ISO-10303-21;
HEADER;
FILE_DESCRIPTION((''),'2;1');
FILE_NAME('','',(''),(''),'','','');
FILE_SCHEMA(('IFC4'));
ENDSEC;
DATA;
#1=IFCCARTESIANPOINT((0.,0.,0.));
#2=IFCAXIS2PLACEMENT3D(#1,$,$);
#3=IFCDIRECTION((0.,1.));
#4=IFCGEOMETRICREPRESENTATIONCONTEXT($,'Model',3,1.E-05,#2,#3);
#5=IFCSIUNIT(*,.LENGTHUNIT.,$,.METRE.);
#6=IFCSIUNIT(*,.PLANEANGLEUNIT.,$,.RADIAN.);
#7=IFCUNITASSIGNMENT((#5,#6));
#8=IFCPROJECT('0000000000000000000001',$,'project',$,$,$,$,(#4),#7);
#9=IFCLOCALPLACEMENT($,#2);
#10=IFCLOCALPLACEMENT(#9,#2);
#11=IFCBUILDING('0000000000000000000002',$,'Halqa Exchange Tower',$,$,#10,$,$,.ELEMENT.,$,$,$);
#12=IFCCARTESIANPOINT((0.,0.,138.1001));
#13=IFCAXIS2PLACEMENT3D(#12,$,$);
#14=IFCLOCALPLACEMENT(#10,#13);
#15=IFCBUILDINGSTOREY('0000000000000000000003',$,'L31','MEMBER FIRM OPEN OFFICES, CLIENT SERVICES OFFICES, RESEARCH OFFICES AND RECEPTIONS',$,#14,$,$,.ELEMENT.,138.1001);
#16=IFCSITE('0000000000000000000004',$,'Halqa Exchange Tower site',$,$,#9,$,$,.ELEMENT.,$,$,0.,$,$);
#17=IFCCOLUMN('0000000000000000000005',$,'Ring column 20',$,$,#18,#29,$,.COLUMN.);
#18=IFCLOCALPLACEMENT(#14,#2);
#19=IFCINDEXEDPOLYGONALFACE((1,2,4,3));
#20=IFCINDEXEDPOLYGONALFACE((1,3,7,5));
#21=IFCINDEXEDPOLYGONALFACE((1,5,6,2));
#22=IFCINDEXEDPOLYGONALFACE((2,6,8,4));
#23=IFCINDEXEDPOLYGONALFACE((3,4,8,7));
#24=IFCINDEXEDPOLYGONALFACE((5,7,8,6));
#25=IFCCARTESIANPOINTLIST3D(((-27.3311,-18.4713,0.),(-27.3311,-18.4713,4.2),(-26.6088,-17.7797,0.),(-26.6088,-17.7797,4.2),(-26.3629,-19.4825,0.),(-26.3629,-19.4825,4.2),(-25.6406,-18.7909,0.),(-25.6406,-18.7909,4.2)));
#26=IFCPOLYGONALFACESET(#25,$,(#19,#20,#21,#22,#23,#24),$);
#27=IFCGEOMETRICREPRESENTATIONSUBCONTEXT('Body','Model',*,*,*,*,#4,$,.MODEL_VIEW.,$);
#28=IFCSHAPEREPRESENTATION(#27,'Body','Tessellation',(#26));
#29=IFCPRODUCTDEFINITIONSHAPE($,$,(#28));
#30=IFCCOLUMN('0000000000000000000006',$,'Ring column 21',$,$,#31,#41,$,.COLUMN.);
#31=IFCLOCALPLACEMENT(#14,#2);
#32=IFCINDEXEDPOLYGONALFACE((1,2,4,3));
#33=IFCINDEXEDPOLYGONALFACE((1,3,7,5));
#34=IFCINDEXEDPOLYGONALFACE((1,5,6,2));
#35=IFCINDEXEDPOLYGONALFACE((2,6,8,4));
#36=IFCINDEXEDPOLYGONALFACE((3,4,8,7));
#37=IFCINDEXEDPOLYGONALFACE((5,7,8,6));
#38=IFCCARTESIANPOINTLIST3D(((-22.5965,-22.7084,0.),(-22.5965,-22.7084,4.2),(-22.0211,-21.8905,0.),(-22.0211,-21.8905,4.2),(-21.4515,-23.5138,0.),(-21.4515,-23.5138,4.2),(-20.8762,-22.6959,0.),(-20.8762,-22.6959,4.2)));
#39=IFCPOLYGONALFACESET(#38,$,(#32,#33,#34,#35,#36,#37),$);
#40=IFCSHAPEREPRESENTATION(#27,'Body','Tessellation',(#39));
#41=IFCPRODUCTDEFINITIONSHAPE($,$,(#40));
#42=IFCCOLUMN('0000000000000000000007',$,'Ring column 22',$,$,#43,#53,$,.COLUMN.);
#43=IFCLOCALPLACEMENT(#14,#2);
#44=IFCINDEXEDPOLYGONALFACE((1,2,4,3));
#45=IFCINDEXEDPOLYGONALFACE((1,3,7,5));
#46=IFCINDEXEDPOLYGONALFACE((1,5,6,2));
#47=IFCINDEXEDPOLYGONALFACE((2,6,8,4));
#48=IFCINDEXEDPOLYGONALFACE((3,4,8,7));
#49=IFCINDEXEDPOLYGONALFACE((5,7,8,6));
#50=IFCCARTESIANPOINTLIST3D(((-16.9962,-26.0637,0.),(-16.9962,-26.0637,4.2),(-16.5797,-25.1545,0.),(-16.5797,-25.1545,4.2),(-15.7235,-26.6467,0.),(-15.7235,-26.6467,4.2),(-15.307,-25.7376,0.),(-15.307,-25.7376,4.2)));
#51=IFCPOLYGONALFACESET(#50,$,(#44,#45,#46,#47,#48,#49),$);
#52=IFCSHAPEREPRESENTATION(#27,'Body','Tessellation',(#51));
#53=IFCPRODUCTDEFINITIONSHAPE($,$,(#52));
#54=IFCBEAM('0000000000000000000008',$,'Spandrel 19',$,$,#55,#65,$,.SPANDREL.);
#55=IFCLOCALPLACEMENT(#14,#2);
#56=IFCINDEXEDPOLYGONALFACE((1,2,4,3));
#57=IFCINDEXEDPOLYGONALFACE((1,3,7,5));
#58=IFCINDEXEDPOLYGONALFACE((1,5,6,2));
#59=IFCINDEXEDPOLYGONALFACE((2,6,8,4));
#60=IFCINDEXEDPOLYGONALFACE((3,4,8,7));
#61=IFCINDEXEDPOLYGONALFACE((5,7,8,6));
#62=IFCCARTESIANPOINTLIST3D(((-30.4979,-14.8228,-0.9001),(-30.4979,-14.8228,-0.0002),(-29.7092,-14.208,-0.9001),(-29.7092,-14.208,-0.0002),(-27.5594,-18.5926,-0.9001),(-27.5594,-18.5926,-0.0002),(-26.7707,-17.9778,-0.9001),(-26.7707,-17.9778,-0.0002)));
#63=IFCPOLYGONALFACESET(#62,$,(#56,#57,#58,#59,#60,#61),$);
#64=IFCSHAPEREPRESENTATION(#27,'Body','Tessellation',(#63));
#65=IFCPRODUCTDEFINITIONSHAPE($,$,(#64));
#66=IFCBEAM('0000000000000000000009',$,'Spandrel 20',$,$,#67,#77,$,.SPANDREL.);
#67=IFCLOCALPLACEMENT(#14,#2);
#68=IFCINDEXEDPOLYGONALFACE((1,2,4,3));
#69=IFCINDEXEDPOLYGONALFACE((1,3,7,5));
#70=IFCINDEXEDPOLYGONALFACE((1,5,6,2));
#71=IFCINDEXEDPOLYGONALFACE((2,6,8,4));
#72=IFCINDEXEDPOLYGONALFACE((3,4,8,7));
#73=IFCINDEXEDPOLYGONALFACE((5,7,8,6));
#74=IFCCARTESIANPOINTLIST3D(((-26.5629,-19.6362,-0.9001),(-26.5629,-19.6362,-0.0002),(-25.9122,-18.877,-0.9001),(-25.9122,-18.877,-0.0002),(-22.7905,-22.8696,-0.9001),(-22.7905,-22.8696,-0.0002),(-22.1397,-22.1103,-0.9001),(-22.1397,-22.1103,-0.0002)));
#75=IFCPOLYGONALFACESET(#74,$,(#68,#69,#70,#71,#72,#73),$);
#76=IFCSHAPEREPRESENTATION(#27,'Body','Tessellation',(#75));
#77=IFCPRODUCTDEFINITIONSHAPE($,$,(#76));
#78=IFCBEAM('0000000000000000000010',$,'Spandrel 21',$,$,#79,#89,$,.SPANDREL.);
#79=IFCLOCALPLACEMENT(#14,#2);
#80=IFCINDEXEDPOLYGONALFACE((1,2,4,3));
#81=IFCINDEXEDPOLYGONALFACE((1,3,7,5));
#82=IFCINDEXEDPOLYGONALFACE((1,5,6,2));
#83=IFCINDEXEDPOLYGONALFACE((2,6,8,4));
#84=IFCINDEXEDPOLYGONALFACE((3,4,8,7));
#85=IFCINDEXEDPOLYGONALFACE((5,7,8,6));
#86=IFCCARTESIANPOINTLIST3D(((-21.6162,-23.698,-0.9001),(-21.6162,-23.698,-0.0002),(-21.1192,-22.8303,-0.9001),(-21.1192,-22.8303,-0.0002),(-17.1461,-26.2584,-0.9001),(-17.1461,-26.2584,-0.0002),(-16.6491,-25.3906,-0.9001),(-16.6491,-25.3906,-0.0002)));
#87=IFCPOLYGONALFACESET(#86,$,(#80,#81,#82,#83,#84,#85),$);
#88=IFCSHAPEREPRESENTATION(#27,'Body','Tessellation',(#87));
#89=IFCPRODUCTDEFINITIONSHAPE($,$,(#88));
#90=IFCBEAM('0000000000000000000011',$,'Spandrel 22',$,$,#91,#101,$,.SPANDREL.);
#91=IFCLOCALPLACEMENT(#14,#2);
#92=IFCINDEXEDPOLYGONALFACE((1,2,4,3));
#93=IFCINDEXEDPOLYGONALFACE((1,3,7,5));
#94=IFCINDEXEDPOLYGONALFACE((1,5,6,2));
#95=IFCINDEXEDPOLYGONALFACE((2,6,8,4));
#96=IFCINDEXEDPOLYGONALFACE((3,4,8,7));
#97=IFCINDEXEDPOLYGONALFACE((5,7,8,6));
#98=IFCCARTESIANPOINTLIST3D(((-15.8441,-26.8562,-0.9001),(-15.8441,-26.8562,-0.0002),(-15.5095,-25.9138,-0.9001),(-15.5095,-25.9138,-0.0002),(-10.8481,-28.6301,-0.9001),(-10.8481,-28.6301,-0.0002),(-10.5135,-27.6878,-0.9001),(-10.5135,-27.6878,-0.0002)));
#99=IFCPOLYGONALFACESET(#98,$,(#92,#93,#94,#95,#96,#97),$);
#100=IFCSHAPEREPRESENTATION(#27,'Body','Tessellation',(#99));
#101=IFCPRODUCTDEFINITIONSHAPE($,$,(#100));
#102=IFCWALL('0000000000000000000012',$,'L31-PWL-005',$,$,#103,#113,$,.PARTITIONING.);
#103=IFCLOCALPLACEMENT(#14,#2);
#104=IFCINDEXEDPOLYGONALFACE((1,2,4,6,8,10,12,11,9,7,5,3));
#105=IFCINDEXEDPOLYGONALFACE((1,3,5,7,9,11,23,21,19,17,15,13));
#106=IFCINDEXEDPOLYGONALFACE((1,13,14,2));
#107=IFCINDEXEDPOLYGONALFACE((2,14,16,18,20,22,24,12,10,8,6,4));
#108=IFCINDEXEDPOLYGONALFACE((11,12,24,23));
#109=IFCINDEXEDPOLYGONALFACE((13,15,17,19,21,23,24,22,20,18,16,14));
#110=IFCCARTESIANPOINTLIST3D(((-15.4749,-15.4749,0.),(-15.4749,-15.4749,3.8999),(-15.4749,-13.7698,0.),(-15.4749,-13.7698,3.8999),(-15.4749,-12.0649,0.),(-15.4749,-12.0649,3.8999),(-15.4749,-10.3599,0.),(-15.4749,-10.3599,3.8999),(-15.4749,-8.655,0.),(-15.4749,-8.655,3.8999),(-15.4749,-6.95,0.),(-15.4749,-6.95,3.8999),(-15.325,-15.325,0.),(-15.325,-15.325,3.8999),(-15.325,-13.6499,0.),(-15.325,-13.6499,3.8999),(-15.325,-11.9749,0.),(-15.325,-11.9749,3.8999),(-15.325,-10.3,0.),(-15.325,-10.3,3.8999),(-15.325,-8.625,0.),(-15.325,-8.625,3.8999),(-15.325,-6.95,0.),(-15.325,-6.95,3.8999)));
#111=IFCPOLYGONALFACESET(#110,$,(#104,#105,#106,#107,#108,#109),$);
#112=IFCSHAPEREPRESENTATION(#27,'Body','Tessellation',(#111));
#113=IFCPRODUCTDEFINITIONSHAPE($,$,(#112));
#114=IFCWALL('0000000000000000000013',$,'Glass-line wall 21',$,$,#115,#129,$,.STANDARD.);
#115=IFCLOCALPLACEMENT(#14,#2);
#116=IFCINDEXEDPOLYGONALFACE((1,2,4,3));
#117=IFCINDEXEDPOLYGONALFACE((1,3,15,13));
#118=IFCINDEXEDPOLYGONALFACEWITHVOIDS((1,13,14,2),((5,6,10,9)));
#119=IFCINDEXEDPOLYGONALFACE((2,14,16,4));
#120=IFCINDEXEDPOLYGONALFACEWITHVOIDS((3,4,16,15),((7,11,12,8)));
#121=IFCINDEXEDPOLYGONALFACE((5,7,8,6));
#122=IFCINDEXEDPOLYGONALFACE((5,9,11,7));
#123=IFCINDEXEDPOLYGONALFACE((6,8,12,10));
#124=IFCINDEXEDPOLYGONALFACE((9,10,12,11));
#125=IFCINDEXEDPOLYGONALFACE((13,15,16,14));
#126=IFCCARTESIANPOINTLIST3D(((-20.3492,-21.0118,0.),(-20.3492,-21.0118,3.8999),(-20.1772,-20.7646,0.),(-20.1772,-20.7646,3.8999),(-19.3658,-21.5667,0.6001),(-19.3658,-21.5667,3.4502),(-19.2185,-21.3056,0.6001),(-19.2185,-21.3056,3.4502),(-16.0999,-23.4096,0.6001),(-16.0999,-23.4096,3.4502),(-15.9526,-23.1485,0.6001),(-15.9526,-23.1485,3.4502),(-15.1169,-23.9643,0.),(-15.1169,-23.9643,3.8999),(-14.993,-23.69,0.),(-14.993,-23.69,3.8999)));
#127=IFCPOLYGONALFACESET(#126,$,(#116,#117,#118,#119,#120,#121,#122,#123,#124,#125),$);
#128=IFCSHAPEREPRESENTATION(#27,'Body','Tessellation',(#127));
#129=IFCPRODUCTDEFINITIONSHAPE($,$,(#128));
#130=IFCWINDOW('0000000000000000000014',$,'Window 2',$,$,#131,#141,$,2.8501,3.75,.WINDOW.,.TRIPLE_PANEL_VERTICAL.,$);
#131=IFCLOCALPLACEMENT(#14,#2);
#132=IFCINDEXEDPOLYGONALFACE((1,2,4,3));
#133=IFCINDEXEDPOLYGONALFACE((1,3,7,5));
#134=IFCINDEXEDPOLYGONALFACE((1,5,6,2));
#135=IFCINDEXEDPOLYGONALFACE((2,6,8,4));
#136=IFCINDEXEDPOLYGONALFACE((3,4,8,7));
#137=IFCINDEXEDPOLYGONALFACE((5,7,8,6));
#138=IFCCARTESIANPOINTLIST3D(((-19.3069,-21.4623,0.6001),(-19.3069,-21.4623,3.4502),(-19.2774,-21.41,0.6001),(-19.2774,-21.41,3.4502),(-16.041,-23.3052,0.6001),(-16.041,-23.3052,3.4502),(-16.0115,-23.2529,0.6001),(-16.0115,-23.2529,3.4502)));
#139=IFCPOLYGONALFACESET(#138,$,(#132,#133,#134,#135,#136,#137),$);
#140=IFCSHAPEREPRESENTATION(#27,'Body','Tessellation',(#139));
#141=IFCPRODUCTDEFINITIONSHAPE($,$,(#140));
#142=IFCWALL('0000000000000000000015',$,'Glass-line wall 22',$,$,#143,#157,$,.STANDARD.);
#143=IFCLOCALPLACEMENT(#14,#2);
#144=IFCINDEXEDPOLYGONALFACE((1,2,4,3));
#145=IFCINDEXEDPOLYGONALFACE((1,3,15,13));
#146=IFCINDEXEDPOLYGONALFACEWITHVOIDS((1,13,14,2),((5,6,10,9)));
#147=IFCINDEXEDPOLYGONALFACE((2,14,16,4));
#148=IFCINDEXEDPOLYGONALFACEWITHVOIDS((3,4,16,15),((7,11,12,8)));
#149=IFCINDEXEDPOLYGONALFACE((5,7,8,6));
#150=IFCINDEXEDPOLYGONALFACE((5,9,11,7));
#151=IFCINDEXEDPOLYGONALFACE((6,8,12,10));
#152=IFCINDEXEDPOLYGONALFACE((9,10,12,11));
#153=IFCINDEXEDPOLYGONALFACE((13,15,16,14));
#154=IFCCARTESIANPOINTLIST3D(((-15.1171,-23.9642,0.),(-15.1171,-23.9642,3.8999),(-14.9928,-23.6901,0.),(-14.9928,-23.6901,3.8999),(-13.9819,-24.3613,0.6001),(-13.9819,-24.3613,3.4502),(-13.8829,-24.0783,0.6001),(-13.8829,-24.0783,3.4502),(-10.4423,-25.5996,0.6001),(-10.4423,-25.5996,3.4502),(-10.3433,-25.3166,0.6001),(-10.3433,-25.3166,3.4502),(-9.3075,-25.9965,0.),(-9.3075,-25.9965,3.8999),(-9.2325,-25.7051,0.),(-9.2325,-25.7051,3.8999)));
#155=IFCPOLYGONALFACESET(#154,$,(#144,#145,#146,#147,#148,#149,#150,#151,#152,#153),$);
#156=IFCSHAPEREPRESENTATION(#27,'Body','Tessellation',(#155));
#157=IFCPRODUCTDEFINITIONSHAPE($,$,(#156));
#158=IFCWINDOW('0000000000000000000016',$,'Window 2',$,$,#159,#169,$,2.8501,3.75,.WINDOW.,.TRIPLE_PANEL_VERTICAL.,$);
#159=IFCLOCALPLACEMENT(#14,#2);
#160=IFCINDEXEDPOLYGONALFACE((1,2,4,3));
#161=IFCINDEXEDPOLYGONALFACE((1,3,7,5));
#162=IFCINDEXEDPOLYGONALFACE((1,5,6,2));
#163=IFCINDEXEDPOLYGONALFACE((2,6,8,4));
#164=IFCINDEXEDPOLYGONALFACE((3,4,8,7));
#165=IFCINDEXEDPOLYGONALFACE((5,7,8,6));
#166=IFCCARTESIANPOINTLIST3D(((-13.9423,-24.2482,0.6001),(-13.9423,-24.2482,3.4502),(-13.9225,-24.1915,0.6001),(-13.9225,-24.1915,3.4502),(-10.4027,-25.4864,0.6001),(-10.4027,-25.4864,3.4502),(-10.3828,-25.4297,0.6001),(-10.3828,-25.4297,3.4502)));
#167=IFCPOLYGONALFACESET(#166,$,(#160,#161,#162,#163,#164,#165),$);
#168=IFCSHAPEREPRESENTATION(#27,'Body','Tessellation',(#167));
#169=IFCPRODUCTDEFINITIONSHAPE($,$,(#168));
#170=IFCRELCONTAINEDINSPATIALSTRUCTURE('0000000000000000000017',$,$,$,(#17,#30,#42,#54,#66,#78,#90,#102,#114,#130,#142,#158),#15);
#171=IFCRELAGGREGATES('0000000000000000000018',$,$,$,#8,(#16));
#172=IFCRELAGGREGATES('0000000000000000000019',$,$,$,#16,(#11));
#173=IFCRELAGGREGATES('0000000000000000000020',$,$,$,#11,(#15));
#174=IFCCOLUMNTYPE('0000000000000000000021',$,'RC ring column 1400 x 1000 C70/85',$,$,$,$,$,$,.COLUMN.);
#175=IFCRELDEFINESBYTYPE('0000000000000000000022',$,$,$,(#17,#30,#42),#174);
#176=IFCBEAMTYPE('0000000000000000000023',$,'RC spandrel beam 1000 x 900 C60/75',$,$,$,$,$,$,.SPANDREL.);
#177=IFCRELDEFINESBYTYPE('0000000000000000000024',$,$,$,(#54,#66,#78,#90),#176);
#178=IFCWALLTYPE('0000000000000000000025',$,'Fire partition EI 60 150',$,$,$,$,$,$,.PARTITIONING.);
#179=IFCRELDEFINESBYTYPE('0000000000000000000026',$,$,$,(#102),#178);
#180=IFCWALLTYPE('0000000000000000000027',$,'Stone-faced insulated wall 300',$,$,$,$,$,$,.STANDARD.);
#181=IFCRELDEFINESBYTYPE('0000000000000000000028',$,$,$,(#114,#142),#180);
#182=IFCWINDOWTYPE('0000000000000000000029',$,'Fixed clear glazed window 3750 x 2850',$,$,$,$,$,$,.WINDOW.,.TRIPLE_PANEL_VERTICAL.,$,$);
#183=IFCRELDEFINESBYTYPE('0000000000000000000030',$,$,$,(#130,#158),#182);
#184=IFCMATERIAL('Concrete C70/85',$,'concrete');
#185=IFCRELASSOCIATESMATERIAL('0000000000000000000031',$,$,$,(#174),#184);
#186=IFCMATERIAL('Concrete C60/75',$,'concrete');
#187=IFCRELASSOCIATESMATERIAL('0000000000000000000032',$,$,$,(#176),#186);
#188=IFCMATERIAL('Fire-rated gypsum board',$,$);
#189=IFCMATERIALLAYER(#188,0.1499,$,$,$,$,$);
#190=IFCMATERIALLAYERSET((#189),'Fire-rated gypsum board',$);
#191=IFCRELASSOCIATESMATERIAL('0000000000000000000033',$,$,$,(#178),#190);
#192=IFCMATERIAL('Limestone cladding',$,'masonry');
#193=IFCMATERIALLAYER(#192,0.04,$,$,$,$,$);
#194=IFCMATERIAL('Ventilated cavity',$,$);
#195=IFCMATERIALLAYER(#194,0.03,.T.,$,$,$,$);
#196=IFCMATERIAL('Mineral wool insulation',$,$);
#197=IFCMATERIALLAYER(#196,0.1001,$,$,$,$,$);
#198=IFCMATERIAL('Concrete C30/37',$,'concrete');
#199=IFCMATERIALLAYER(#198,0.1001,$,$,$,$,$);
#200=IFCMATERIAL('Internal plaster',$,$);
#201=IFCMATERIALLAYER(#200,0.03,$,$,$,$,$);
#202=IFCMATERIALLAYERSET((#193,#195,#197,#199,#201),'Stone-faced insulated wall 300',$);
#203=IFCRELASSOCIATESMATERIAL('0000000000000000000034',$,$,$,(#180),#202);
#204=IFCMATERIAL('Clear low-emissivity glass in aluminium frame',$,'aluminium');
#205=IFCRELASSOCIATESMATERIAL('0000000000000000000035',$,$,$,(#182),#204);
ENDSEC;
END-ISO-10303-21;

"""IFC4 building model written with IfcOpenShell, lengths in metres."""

from ifc_helpers import new_model, si_unit, direction, frame, frame_2d, origin, origin_2d, place, context, subcontext, project, spatial, polyline, rectangle, outline, extrude, material, layer, layer_set, material_profile, profile_set, type_object, element, fill, save


model = new_model("IFC4")

# Units and contexts
model_context = context("Model", 3, precision=1e-05, world=origin(), true_north=direction((0.0, 1.0)))
body_context = subcontext(model_context, "Body", "Model", "MODEL_VIEW")
ifc_project = project(units=[si_unit("LENGTHUNIT", "METRE"), si_unit("PLANEANGLEUNIT", "RADIAN")], contexts=[model_context])

# Site, building, storey
site_placement = place(None, origin())
site = spatial("IfcSite", under=ifc_project, at=site_placement, Name="Halqa Exchange Tower site", CompositionType="ELEMENT", RefElevation=0.0)
building_placement = place(site_placement, origin())
building = spatial("IfcBuilding", under=site, at=building_placement, Name="Halqa Exchange Tower", CompositionType="ELEMENT")
storey_placement = place(building_placement, frame((0.0, 0.0, 138.1001)))
storey = spatial("IfcBuildingStorey", under=building, at=storey_placement, Name="L31", Description="MEMBER FIRM OPEN OFFICES, CLIENT SERVICES OFFICES, RESEARCH OFFICES AND RECEPTIONS", CompositionType="ELEMENT", Elevation=138.1001)

# Columns
ifc_material_1 = material(Name="Concrete C70/85", Category="concrete")
ifc_material_profile_1 = material_profile(ifc_material_1, rectangle(XDim=1.3999, YDim=1.0, at=origin_2d()), Name="1400 x 1000")
ifc_profile_set_1 = profile_set([ifc_material_profile_1], Name="Concrete C70/85")
column_type = type_object("IfcColumnType", Name="RC ring column 1400 x 1000 C70/85", PredefinedType="COLUMN", material=ifc_profile_set_1)
for number, where, z_axis, x_axis, name in (
    (1, (-26.4858, -18.6311, 0.0), (0.0, 0.0, 1.0), (0.691574, -0.722306, 0.0), "Ring column 20"),
    (2, (-21.7363, -22.7021, 0.0), (0.0, 0.0, 1.0), (0.817908, -0.575349, 0.0), "Ring column 21"),
    (3, (-16.1516, -25.9006, 0.0), (0.0, 0.0, 1.0), (0.909127, -0.416519, 0.0), "Ring column 22"),
):
    element("IfcColumn", number, at=place(storey_placement, frame(where, z_axis=z_axis, x_axis=x_axis)), inside=storey, type_object=column_type, Name=name, PredefinedType="COLUMN", context=body_context, shape_type="SweptSolid", body=[
        extrude(rectangle(XDim=1.3999, YDim=1.0, at=origin_2d()), origin(), (0.0, 0.0, 1.0), 4.2),
    ])

# Beams
ifc_material_2 = material(Name="Concrete C60/75", Category="concrete")
ifc_material_profile_2 = material_profile(ifc_material_2, rectangle(XDim=1.0, YDim=0.8999, at=origin_2d()), Name="1000 x 900")
ifc_profile_set_2 = profile_set([ifc_material_profile_2], Name="Concrete C60/75")
beam_type = type_object("IfcBeamType", Name="RC spandrel beam 1000 x 900 C60/75", PredefinedType="SPANDREL", material=ifc_profile_set_2)
beam_1_placement = place(storey_placement, frame((-30.1035, -14.5154, -0.4502), z_axis=(0.614778, -0.7887, 0.0), x_axis=(0.7887, 0.614778, 0.0)))
element("IfcBeam", 4, at=beam_1_placement, inside=storey, type_object=beam_type, Name="Spandrel 19", PredefinedType="SPANDREL", context=body_context, shape_type="SweptSolid", body=[
    extrude(rectangle(XDim=1.0, YDim=0.8999, at=origin_2d()), origin(), (0.0, 0.0, 1.0), 4.7798),
])
beam_2_placement = place(storey_placement, frame((-26.2375, -19.2566, -0.4502), z_axis=(0.75927, -0.650775, 0.0), x_axis=(0.650775, 0.75927, 0.0)))
element("IfcBeam", 5, at=beam_2_placement, inside=storey, type_object=beam_type, Name="Spandrel 20", PredefinedType="SPANDREL", context=body_context, shape_type="SweptSolid", body=[
    extrude(rectangle(XDim=1.0, YDim=0.8999, at=origin_2d()), origin(), (0.0, 0.0, 1.0), 4.9685),
])
beam_3_placement = place(storey_placement, frame((-21.3677, -23.2642, -0.4502), z_axis=(0.867738, -0.497022, 0.0), x_axis=(0.497022, 0.867738, 0.0)))
element("IfcBeam", 6, at=beam_3_placement, inside=storey, type_object=beam_type, Name="Spandrel 21", PredefinedType="SPANDREL", context=body_context, shape_type="SweptSolid", body=[
    extrude(rectangle(XDim=1.0, YDim=0.8999, at=origin_2d()), origin(), (0.0, 0.0, 1.0), 5.1514),
])
beam_4_placement = place(storey_placement, frame((-15.6768, -26.385, -0.4502), z_axis=(0.942356, -0.334612, 0.0), x_axis=(0.334612, 0.942356, 0.0)))
element("IfcBeam", 7, at=beam_4_placement, inside=storey, type_object=beam_type, Name="Spandrel 22", PredefinedType="SPANDREL", context=body_context, shape_type="SweptSolid", body=[
    extrude(rectangle(XDim=1.0, YDim=0.8999, at=origin_2d()), origin(), (0.0, 0.0, 1.0), 5.3015),
])

# Wall
ifc_material_3 = material(Name="Fire-rated gypsum board")
ifc_layer_1 = layer(ifc_material_3, 0.1499)
ifc_layer_set_1 = layer_set([ifc_layer_1], Name="Fire-rated gypsum board")
wall_type_1 = type_object("IfcWallType", Name="Fire partition EI 60 150", PredefinedType="PARTITIONING", material=ifc_layer_set_1)
wall_1_placement = place(storey_placement, frame((-15.3999, -15.4751, 0.0), z_axis=(0.0, 0.0, 1.0), x_axis=(0.0, 1.0, 0.0)))
element("IfcWall", 8, at=wall_1_placement, inside=storey, type_object=wall_type_1, Name="L31-PWL-005", PredefinedType="PARTITIONING", context=body_context, shape_type="SweptSolid", body=[
    extrude(outline(polyline([(8.5251, 0.075), (6.8201, 0.075), (5.1152, 0.075), (3.4102, 0.075), (1.7053, 0.075), (0.0002, 0.075), (0.1501, -0.075), (1.8252, -0.075), (3.5002, -0.075), (5.175, -0.075), (6.8501, -0.075), (8.5251, -0.075), (8.5251, 0.075)])), origin(), (0.0, 0.0, 1.0), 3.8999),
])

# Shared definitions
ifc_material_4 = material(Name="Limestone cladding", Category="masonry")
ifc_layer_2 = layer(ifc_material_4, 0.04)
ifc_material_5 = material(Name="Ventilated cavity")
ifc_layer_3 = layer(ifc_material_5, 0.03, ventilated=True)
ifc_material_6 = material(Name="Mineral wool insulation")
ifc_layer_4 = layer(ifc_material_6, 0.1001)
ifc_material_7 = material(Name="Concrete C30/37", Category="concrete")
ifc_layer_5 = layer(ifc_material_7, 0.1001)
ifc_material_8 = material(Name="Internal plaster")
ifc_layer_6 = layer(ifc_material_8, 0.03)
ifc_layer_set_2 = layer_set([ifc_layer_2, ifc_layer_3, ifc_layer_4, ifc_layer_5, ifc_layer_6], Name="Stone-faced insulated wall 300")
wall_type_2 = type_object("IfcWallType", Name="Stone-faced insulated wall 300", PredefinedType="STANDARD", material=ifc_layer_set_2)
ifc_material_9 = material(Name="Clear low-emissivity glass in aluminium frame", Category="aluminium")

# Walls, openings, windows
wall_2_placement = place(storey_placement, frame((-20.2632, -20.8882, 0.0), z_axis=(0.0, 0.0, 1.0), x_axis=(0.870909, -0.491445, 0.0)))
wall_2 = element("IfcWall", 9, at=wall_2_placement, inside=storey, type_object=wall_type_2, Name="Glass-line wall 21", PredefinedType="STANDARD", context=body_context, shape_type="SweptSolid", body=[
    extrude(outline(polyline([(-0.0142, -0.1499), (5.9937, -0.1499), (5.9668, 0.1499), (0.0142, 0.1499), (-0.0142, -0.1499)])), origin(), (0.0, 0.0, 1.0), 3.8999),
])
opening_1_placement = place(wall_2_placement, frame((1.115, 0.0, 0.6001)))
opening_1 = element("IfcOpeningElement", 10, at=opening_1_placement, cuts=wall_2, PredefinedType="OPENING", context=body_context, shape_type="SweptSolid", body=[
    extrude(rectangle(XDim=3.75, YDim=2.8501, at=frame_2d((1.875, 1.425))), frame((0.0, 0.1621, 0.0), z_axis=(0.0, -1.0, 0.0), x_axis=(1.0, 0.0, 0.0)), (0.0, 0.0, 1.0), 0.324),
])
window_type = type_object("IfcWindowType", Name="Fixed clear glazed window 3750 x 2850", PartitioningType="TRIPLE_PANEL_VERTICAL", PredefinedType="WINDOW", material=ifc_material_9)
window_1_placement = place(opening_1_placement, origin())
window_1 = element("IfcWindow", 11, at=window_1_placement, inside=storey, type_object=window_type, Name="Window 2", OverallHeight=2.8501, OverallWidth=3.75, PartitioningType="TRIPLE_PANEL_VERTICAL", PredefinedType="WINDOW", context=body_context, shape_type="SweptSolid", body=[
    extrude(rectangle(XDim=3.75, YDim=2.8501, at=frame_2d((1.875, 1.425))), frame((0.0, 0.03, 0.0), z_axis=(0.0, -1.0, 0.0), x_axis=(1.0, 0.0, 0.0)), (0.0, 0.0, 1.0), 0.0601),
])
fill(opening_1, window_1)
wall_3_placement = place(storey_placement, frame((-15.0549, -23.8271, 0.0), z_axis=(0.0, 0.0, 1.0), x_axis=(0.943911, -0.3302, 0.0)))
wall_3 = element("IfcWall", 12, at=wall_3_placement, inside=storey, type_object=wall_type_2, Name="Glass-line wall 22", PredefinedType="STANDARD", context=body_context, shape_type="SweptSolid", body=[
    extrude(outline(polyline([(-0.0134, -0.1499), (6.1414, -0.1499), (6.116, 0.1499), (0.0134, 0.1499), (-0.0134, -0.1499)])), origin(), (0.0, 0.0, 1.0), 3.8999),
])
opening_2_placement = place(wall_3_placement, frame((1.1892, 0.0, 0.6001)))
opening_2 = element("IfcOpeningElement", 13, at=opening_2_placement, cuts=wall_3, PredefinedType="OPENING", context=body_context, shape_type="SweptSolid", body=[
    extrude(rectangle(XDim=3.75, YDim=2.8501, at=frame_2d((1.875, 1.425))), frame((0.0, 0.1621, 0.0), z_axis=(0.0, -1.0, 0.0), x_axis=(1.0, 0.0, 0.0)), (0.0, 0.0, 1.0), 0.324),
])
window_2_placement = place(opening_2_placement, origin())
window_2 = element("IfcWindow", 14, at=window_2_placement, inside=storey, type_object=window_type, Name="Window 2", OverallHeight=2.8501, OverallWidth=3.75, PartitioningType="TRIPLE_PANEL_VERTICAL", PredefinedType="WINDOW", context=body_context, shape_type="SweptSolid", body=[
    extrude(rectangle(XDim=3.75, YDim=2.8501, at=frame_2d((1.875, 1.425))), frame((0.0, 0.03, 0.0), z_axis=(0.0, -1.0, 0.0), x_axis=(1.0, 0.0, 0.0)), (0.0, 0.0, 1.0), 0.0601),
])
fill(opening_2, window_2)

save(model, "model.ifc")
